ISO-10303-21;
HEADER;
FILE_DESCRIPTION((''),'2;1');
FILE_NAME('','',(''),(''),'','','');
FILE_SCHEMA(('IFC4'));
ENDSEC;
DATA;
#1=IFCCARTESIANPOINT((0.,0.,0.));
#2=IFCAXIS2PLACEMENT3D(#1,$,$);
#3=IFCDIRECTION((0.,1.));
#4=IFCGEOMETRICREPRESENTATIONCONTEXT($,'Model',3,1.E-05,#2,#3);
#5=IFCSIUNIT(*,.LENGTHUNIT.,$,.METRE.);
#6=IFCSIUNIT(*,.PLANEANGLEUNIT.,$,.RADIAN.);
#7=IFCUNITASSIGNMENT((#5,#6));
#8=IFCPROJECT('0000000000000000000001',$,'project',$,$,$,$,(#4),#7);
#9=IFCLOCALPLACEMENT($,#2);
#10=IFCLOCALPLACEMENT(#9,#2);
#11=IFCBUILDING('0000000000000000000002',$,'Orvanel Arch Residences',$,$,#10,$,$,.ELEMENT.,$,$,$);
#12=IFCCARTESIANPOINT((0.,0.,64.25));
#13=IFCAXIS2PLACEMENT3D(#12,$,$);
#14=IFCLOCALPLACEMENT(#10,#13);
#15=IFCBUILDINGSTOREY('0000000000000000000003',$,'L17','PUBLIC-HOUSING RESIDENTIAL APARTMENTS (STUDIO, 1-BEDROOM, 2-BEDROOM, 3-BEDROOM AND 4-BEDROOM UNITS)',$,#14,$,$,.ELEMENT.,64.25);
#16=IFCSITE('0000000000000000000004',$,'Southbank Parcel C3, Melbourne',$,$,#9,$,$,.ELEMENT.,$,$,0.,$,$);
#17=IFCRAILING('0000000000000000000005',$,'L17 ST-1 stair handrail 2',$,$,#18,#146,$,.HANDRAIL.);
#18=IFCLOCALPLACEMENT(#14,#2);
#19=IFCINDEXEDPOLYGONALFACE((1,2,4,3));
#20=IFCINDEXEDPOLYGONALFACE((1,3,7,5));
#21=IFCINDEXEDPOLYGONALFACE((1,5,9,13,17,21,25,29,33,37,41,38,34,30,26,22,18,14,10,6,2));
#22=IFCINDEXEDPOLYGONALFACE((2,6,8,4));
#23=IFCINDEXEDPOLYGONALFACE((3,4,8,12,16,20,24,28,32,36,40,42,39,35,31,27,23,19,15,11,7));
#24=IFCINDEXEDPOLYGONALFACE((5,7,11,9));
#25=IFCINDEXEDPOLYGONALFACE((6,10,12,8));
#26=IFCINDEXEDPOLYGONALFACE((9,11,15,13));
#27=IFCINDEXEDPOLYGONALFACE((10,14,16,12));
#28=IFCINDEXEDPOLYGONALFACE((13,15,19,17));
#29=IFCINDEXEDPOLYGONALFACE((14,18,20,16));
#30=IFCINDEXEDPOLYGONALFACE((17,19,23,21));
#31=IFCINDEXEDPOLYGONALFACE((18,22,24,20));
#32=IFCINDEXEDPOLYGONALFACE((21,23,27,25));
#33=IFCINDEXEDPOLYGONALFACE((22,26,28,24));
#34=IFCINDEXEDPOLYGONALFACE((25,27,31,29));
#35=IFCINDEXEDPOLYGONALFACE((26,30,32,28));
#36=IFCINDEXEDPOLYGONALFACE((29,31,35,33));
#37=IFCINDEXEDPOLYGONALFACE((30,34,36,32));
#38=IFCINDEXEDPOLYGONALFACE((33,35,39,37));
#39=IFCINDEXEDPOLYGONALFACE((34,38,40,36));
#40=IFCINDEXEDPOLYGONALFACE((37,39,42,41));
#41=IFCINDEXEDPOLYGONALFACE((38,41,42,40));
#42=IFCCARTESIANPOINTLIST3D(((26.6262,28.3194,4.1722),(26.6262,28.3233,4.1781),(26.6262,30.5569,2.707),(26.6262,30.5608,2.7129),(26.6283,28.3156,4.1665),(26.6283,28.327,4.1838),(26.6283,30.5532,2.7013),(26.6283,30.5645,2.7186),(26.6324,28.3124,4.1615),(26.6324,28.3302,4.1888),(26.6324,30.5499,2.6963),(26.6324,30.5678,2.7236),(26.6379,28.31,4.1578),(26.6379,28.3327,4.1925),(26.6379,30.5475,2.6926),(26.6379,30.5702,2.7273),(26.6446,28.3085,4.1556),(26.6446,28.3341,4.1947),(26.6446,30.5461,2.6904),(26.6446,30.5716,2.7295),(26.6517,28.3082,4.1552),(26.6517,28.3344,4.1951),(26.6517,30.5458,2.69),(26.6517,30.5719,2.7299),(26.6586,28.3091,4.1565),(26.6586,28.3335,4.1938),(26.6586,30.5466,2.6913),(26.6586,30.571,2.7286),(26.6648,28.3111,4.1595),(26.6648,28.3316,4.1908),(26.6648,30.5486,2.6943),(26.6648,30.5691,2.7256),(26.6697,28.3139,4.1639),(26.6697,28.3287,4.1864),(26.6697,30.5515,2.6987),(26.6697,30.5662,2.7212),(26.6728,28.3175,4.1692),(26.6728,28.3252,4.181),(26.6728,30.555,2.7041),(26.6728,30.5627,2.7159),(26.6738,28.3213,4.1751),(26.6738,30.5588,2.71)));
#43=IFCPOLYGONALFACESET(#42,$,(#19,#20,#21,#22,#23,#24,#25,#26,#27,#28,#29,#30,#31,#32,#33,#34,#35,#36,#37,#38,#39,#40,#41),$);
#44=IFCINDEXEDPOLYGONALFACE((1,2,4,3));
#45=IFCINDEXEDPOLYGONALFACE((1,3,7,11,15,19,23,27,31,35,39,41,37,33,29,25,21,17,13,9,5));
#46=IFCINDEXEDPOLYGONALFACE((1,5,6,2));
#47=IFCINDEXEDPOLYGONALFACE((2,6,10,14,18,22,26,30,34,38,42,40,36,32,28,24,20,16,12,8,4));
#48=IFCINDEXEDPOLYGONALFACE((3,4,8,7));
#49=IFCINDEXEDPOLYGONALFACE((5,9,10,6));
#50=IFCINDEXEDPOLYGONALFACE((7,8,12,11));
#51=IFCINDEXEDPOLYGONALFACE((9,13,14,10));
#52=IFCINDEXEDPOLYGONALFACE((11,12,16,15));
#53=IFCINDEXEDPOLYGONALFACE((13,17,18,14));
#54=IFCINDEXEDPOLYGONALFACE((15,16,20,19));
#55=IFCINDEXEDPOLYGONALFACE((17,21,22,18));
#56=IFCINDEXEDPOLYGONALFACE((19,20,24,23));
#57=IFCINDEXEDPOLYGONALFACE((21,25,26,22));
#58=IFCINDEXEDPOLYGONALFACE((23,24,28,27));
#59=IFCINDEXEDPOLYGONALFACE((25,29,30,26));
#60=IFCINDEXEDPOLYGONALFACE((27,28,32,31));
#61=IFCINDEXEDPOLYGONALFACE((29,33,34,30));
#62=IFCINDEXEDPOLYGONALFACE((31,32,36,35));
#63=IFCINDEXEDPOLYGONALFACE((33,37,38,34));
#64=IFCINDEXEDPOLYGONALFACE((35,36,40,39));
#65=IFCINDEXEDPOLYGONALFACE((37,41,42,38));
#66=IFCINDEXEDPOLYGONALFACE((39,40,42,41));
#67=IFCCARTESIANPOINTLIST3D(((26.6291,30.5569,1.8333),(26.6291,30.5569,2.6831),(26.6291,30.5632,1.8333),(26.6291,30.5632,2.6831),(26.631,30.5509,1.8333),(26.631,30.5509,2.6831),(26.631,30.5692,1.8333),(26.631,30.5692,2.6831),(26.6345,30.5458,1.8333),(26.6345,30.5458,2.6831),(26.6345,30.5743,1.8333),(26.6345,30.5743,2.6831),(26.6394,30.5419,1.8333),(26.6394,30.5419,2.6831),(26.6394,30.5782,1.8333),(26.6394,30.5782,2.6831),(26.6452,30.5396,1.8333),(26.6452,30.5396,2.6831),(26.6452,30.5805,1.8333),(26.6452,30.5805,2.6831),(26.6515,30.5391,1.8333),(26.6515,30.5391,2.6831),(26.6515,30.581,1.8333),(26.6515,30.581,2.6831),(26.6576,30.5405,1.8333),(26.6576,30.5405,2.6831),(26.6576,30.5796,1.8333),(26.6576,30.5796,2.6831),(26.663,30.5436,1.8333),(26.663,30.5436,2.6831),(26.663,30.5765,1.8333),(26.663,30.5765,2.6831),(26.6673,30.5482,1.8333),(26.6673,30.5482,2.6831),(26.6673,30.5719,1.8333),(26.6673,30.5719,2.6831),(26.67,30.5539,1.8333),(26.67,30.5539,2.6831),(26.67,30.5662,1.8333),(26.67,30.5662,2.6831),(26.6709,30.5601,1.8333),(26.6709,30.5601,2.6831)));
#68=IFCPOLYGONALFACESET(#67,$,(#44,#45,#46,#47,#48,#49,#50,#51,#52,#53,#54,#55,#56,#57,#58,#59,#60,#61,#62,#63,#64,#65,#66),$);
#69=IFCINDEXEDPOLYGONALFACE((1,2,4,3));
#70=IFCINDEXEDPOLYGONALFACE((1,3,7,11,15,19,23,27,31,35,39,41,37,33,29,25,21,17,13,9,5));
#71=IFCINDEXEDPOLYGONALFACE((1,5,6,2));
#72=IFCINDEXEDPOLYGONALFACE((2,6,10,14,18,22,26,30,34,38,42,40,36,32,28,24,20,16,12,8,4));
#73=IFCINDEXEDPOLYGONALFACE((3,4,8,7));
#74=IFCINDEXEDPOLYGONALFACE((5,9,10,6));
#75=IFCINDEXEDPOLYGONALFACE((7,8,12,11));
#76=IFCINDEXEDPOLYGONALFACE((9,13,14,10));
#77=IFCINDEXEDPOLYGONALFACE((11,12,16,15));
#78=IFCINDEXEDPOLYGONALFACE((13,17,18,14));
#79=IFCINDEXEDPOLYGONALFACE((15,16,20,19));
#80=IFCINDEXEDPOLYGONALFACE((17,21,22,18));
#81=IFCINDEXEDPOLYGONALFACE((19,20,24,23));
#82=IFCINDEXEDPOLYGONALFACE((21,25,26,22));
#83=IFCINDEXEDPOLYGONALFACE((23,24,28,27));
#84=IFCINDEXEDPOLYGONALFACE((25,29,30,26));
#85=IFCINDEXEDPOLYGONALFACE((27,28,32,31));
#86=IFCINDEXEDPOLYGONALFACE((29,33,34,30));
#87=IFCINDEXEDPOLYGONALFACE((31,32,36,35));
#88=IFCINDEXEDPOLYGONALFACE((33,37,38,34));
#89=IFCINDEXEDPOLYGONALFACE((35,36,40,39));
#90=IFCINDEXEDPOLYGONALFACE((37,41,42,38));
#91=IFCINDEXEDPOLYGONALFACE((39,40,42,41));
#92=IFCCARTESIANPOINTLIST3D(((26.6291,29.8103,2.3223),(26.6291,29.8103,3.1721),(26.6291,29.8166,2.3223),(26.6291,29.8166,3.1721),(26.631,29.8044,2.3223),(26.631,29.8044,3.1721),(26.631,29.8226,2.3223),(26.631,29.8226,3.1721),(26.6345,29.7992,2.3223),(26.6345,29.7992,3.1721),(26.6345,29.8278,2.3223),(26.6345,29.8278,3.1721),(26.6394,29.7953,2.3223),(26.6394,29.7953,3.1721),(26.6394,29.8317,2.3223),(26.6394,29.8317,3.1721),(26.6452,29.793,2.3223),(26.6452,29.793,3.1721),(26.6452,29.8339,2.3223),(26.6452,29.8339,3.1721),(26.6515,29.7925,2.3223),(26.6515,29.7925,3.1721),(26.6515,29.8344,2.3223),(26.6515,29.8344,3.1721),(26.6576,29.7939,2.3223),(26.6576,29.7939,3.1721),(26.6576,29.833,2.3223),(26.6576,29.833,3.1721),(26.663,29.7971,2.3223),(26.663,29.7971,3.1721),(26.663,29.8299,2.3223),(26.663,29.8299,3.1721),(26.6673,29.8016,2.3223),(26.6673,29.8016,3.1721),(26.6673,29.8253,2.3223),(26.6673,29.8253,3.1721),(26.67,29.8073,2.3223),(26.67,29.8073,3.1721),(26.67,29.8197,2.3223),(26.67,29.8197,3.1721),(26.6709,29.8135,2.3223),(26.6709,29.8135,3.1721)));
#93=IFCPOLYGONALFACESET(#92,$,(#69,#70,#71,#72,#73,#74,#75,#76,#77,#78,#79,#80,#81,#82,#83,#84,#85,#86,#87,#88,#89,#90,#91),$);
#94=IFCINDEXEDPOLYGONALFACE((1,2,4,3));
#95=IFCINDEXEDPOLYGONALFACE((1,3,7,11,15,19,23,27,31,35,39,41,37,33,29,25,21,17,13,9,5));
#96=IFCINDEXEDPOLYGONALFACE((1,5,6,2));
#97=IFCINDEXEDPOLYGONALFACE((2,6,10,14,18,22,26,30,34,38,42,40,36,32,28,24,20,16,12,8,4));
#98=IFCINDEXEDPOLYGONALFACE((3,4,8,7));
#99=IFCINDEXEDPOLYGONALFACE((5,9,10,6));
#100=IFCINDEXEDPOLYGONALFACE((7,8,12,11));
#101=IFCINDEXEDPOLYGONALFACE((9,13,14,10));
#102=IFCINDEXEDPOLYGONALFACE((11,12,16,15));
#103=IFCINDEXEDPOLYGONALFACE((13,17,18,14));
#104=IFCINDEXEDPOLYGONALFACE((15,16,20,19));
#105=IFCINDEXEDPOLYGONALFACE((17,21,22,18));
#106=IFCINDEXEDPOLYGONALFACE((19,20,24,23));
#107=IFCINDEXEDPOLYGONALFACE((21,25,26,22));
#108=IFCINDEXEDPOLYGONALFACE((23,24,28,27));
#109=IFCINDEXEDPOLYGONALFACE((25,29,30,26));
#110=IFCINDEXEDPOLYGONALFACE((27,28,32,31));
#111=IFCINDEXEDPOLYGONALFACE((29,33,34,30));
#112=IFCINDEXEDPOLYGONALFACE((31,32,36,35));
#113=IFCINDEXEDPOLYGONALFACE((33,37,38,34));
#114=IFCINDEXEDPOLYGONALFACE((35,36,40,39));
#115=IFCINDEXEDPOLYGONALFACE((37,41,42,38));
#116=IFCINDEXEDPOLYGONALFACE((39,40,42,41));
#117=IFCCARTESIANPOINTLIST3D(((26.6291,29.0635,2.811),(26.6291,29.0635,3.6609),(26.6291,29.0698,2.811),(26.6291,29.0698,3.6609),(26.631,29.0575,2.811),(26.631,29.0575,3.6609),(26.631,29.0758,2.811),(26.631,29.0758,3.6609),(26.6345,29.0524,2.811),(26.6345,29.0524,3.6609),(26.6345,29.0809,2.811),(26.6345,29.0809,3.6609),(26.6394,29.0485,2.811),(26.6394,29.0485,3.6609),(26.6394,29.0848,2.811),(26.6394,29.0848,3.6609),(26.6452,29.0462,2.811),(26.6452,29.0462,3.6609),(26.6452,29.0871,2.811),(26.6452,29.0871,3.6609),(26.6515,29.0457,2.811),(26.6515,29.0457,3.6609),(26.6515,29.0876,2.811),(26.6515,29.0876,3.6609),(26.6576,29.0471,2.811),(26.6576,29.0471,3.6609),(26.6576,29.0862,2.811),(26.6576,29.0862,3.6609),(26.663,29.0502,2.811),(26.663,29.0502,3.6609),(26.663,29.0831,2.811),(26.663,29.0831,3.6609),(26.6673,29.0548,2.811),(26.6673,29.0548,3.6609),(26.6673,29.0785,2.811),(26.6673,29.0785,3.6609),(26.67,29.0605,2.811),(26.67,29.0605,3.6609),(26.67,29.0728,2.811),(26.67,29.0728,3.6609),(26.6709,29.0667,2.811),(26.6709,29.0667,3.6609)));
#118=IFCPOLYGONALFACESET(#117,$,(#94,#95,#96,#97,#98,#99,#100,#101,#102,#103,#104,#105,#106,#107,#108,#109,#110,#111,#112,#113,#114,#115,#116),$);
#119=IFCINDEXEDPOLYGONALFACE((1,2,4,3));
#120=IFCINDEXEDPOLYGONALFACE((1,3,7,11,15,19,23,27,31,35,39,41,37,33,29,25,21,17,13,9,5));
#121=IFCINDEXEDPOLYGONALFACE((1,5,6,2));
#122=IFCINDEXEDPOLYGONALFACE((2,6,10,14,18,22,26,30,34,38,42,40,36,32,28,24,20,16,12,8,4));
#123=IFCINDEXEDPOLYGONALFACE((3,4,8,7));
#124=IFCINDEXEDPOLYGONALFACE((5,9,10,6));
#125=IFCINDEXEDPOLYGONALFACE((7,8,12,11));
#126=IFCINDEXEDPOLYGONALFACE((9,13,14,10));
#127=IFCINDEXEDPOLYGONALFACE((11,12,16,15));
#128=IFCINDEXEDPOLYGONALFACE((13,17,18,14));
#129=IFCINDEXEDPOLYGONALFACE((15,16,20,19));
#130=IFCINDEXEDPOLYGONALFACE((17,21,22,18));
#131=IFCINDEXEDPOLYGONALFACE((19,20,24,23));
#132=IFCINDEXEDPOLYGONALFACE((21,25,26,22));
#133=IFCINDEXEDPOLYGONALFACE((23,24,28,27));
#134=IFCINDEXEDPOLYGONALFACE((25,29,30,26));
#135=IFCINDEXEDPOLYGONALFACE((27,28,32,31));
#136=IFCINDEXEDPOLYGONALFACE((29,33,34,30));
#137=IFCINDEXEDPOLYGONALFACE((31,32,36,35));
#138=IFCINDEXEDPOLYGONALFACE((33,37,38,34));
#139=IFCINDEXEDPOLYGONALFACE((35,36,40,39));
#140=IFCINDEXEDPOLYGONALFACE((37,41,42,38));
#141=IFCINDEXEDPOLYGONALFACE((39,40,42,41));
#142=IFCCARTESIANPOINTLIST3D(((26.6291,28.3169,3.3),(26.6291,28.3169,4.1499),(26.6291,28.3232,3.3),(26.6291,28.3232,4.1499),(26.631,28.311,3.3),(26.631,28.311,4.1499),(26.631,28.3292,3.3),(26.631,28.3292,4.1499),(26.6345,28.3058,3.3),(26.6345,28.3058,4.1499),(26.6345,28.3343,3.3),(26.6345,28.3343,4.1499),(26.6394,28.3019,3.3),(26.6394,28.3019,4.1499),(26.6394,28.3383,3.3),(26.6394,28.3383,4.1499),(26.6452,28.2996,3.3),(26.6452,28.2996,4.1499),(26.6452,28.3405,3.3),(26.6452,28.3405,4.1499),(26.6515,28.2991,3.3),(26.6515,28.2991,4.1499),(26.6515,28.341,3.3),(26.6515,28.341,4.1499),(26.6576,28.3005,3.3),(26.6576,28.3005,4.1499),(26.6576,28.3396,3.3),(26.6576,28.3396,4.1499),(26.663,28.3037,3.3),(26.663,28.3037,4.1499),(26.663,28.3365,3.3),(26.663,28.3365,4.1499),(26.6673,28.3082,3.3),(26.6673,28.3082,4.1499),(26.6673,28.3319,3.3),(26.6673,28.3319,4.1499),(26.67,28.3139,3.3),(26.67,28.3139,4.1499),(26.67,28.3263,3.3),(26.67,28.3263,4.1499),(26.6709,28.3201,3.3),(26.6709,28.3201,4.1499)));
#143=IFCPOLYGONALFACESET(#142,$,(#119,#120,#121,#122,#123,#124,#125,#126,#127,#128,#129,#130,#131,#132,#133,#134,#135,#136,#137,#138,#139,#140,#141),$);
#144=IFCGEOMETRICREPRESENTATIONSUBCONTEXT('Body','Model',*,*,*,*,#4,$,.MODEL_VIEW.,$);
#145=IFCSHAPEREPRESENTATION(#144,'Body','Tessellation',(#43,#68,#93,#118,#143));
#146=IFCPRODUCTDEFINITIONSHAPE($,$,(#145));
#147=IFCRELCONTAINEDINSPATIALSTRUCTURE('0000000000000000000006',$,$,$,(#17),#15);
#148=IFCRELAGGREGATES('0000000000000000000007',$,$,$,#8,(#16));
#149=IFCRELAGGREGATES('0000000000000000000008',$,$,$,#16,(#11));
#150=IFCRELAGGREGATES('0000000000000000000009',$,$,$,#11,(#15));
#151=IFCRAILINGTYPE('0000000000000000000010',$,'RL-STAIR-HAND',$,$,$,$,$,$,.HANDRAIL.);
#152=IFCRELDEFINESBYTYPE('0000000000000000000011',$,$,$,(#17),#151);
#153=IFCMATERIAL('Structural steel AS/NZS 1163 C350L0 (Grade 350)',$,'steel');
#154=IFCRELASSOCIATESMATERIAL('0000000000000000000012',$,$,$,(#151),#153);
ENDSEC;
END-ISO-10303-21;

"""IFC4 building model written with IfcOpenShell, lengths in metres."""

from ifc_helpers import new_model, si_unit, direction, frame, origin, origin_2d, place, context, subcontext, project, spatial, circle, extrude, material, type_object, element, save


model = new_model("IFC4")

# Units and contexts
model_context = context("Model", 3, precision=1e-05, world=origin(), true_north=direction((0.0, 1.0)))
body_context = subcontext(model_context, "Body", "Model", "MODEL_VIEW")
ifc_project = project(units=[si_unit("LENGTHUNIT", "METRE"), si_unit("PLANEANGLEUNIT", "RADIAN")], contexts=[model_context])

# Site, building, storey
site_placement = place(None, origin())
site = spatial("IfcSite", under=ifc_project, at=site_placement, Name="Southbank Parcel C3, Melbourne", CompositionType="ELEMENT", RefElevation=0.0)
building_placement = place(site_placement, origin())
building = spatial("IfcBuilding", under=site, at=building_placement, Name="Orvanel Arch Residences", CompositionType="ELEMENT")
storey_placement = place(building_placement, frame((0.0, 0.0, 64.25)))
storey = spatial("IfcBuildingStorey", under=building, at=storey_placement, Name="L17", Description="PUBLIC-HOUSING RESIDENTIAL APARTMENTS (STUDIO, 1-BEDROOM, 2-BEDROOM, 3-BEDROOM AND 4-BEDROOM UNITS)", CompositionType="ELEMENT", Elevation=64.25)

# Railing
ifc_material_1 = material(Name="Structural steel AS/NZS 1163 C350L0 (Grade 350)", Category="steel")
railing_type_1 = type_object("IfcRailingType", Name="RL-STAIR-HAND", PredefinedType="HANDRAIL", material=ifc_material_1)
railing_1_placement = place(storey_placement, frame((26.6499, 30.5601, 1.8333)))
element("IfcRailing", 1, at=railing_1_placement, inside=storey, type_object=railing_type_1, Name="L17 ST-1 stair handrail 2", PredefinedType="HANDRAIL", context=body_context, shape_type="SweptSolid", body=[
    extrude(circle(Radius=0.0239, at=origin_2d()), frame((0.0, -0.0012, 0.8767), z_axis=(0.0, -0.836595, 0.547822), x_axis=(1.0, 0.0, 0.0)), (0.0, 0.0, 1.0), 2.6746),
    extrude(circle(Radius=0.021, at=origin_2d()), origin(), (0.0, 0.0, 1.0), 0.8499),
    extrude(circle(Radius=0.021, at=origin_2d()), frame((0.0, -0.7466, 0.489)), (0.0, 0.0, 1.0), 0.8499),
    extrude(circle(Radius=0.021, at=origin_2d()), frame((0.0, -1.4934, 0.9778)), (0.0, 0.0, 1.0), 0.8499),
    extrude(circle(Radius=0.021, at=origin_2d()), frame((0.0, -2.24, 1.4668)), (0.0, 0.0, 1.0), 0.8499),
])

save(model, "model.ifc")
